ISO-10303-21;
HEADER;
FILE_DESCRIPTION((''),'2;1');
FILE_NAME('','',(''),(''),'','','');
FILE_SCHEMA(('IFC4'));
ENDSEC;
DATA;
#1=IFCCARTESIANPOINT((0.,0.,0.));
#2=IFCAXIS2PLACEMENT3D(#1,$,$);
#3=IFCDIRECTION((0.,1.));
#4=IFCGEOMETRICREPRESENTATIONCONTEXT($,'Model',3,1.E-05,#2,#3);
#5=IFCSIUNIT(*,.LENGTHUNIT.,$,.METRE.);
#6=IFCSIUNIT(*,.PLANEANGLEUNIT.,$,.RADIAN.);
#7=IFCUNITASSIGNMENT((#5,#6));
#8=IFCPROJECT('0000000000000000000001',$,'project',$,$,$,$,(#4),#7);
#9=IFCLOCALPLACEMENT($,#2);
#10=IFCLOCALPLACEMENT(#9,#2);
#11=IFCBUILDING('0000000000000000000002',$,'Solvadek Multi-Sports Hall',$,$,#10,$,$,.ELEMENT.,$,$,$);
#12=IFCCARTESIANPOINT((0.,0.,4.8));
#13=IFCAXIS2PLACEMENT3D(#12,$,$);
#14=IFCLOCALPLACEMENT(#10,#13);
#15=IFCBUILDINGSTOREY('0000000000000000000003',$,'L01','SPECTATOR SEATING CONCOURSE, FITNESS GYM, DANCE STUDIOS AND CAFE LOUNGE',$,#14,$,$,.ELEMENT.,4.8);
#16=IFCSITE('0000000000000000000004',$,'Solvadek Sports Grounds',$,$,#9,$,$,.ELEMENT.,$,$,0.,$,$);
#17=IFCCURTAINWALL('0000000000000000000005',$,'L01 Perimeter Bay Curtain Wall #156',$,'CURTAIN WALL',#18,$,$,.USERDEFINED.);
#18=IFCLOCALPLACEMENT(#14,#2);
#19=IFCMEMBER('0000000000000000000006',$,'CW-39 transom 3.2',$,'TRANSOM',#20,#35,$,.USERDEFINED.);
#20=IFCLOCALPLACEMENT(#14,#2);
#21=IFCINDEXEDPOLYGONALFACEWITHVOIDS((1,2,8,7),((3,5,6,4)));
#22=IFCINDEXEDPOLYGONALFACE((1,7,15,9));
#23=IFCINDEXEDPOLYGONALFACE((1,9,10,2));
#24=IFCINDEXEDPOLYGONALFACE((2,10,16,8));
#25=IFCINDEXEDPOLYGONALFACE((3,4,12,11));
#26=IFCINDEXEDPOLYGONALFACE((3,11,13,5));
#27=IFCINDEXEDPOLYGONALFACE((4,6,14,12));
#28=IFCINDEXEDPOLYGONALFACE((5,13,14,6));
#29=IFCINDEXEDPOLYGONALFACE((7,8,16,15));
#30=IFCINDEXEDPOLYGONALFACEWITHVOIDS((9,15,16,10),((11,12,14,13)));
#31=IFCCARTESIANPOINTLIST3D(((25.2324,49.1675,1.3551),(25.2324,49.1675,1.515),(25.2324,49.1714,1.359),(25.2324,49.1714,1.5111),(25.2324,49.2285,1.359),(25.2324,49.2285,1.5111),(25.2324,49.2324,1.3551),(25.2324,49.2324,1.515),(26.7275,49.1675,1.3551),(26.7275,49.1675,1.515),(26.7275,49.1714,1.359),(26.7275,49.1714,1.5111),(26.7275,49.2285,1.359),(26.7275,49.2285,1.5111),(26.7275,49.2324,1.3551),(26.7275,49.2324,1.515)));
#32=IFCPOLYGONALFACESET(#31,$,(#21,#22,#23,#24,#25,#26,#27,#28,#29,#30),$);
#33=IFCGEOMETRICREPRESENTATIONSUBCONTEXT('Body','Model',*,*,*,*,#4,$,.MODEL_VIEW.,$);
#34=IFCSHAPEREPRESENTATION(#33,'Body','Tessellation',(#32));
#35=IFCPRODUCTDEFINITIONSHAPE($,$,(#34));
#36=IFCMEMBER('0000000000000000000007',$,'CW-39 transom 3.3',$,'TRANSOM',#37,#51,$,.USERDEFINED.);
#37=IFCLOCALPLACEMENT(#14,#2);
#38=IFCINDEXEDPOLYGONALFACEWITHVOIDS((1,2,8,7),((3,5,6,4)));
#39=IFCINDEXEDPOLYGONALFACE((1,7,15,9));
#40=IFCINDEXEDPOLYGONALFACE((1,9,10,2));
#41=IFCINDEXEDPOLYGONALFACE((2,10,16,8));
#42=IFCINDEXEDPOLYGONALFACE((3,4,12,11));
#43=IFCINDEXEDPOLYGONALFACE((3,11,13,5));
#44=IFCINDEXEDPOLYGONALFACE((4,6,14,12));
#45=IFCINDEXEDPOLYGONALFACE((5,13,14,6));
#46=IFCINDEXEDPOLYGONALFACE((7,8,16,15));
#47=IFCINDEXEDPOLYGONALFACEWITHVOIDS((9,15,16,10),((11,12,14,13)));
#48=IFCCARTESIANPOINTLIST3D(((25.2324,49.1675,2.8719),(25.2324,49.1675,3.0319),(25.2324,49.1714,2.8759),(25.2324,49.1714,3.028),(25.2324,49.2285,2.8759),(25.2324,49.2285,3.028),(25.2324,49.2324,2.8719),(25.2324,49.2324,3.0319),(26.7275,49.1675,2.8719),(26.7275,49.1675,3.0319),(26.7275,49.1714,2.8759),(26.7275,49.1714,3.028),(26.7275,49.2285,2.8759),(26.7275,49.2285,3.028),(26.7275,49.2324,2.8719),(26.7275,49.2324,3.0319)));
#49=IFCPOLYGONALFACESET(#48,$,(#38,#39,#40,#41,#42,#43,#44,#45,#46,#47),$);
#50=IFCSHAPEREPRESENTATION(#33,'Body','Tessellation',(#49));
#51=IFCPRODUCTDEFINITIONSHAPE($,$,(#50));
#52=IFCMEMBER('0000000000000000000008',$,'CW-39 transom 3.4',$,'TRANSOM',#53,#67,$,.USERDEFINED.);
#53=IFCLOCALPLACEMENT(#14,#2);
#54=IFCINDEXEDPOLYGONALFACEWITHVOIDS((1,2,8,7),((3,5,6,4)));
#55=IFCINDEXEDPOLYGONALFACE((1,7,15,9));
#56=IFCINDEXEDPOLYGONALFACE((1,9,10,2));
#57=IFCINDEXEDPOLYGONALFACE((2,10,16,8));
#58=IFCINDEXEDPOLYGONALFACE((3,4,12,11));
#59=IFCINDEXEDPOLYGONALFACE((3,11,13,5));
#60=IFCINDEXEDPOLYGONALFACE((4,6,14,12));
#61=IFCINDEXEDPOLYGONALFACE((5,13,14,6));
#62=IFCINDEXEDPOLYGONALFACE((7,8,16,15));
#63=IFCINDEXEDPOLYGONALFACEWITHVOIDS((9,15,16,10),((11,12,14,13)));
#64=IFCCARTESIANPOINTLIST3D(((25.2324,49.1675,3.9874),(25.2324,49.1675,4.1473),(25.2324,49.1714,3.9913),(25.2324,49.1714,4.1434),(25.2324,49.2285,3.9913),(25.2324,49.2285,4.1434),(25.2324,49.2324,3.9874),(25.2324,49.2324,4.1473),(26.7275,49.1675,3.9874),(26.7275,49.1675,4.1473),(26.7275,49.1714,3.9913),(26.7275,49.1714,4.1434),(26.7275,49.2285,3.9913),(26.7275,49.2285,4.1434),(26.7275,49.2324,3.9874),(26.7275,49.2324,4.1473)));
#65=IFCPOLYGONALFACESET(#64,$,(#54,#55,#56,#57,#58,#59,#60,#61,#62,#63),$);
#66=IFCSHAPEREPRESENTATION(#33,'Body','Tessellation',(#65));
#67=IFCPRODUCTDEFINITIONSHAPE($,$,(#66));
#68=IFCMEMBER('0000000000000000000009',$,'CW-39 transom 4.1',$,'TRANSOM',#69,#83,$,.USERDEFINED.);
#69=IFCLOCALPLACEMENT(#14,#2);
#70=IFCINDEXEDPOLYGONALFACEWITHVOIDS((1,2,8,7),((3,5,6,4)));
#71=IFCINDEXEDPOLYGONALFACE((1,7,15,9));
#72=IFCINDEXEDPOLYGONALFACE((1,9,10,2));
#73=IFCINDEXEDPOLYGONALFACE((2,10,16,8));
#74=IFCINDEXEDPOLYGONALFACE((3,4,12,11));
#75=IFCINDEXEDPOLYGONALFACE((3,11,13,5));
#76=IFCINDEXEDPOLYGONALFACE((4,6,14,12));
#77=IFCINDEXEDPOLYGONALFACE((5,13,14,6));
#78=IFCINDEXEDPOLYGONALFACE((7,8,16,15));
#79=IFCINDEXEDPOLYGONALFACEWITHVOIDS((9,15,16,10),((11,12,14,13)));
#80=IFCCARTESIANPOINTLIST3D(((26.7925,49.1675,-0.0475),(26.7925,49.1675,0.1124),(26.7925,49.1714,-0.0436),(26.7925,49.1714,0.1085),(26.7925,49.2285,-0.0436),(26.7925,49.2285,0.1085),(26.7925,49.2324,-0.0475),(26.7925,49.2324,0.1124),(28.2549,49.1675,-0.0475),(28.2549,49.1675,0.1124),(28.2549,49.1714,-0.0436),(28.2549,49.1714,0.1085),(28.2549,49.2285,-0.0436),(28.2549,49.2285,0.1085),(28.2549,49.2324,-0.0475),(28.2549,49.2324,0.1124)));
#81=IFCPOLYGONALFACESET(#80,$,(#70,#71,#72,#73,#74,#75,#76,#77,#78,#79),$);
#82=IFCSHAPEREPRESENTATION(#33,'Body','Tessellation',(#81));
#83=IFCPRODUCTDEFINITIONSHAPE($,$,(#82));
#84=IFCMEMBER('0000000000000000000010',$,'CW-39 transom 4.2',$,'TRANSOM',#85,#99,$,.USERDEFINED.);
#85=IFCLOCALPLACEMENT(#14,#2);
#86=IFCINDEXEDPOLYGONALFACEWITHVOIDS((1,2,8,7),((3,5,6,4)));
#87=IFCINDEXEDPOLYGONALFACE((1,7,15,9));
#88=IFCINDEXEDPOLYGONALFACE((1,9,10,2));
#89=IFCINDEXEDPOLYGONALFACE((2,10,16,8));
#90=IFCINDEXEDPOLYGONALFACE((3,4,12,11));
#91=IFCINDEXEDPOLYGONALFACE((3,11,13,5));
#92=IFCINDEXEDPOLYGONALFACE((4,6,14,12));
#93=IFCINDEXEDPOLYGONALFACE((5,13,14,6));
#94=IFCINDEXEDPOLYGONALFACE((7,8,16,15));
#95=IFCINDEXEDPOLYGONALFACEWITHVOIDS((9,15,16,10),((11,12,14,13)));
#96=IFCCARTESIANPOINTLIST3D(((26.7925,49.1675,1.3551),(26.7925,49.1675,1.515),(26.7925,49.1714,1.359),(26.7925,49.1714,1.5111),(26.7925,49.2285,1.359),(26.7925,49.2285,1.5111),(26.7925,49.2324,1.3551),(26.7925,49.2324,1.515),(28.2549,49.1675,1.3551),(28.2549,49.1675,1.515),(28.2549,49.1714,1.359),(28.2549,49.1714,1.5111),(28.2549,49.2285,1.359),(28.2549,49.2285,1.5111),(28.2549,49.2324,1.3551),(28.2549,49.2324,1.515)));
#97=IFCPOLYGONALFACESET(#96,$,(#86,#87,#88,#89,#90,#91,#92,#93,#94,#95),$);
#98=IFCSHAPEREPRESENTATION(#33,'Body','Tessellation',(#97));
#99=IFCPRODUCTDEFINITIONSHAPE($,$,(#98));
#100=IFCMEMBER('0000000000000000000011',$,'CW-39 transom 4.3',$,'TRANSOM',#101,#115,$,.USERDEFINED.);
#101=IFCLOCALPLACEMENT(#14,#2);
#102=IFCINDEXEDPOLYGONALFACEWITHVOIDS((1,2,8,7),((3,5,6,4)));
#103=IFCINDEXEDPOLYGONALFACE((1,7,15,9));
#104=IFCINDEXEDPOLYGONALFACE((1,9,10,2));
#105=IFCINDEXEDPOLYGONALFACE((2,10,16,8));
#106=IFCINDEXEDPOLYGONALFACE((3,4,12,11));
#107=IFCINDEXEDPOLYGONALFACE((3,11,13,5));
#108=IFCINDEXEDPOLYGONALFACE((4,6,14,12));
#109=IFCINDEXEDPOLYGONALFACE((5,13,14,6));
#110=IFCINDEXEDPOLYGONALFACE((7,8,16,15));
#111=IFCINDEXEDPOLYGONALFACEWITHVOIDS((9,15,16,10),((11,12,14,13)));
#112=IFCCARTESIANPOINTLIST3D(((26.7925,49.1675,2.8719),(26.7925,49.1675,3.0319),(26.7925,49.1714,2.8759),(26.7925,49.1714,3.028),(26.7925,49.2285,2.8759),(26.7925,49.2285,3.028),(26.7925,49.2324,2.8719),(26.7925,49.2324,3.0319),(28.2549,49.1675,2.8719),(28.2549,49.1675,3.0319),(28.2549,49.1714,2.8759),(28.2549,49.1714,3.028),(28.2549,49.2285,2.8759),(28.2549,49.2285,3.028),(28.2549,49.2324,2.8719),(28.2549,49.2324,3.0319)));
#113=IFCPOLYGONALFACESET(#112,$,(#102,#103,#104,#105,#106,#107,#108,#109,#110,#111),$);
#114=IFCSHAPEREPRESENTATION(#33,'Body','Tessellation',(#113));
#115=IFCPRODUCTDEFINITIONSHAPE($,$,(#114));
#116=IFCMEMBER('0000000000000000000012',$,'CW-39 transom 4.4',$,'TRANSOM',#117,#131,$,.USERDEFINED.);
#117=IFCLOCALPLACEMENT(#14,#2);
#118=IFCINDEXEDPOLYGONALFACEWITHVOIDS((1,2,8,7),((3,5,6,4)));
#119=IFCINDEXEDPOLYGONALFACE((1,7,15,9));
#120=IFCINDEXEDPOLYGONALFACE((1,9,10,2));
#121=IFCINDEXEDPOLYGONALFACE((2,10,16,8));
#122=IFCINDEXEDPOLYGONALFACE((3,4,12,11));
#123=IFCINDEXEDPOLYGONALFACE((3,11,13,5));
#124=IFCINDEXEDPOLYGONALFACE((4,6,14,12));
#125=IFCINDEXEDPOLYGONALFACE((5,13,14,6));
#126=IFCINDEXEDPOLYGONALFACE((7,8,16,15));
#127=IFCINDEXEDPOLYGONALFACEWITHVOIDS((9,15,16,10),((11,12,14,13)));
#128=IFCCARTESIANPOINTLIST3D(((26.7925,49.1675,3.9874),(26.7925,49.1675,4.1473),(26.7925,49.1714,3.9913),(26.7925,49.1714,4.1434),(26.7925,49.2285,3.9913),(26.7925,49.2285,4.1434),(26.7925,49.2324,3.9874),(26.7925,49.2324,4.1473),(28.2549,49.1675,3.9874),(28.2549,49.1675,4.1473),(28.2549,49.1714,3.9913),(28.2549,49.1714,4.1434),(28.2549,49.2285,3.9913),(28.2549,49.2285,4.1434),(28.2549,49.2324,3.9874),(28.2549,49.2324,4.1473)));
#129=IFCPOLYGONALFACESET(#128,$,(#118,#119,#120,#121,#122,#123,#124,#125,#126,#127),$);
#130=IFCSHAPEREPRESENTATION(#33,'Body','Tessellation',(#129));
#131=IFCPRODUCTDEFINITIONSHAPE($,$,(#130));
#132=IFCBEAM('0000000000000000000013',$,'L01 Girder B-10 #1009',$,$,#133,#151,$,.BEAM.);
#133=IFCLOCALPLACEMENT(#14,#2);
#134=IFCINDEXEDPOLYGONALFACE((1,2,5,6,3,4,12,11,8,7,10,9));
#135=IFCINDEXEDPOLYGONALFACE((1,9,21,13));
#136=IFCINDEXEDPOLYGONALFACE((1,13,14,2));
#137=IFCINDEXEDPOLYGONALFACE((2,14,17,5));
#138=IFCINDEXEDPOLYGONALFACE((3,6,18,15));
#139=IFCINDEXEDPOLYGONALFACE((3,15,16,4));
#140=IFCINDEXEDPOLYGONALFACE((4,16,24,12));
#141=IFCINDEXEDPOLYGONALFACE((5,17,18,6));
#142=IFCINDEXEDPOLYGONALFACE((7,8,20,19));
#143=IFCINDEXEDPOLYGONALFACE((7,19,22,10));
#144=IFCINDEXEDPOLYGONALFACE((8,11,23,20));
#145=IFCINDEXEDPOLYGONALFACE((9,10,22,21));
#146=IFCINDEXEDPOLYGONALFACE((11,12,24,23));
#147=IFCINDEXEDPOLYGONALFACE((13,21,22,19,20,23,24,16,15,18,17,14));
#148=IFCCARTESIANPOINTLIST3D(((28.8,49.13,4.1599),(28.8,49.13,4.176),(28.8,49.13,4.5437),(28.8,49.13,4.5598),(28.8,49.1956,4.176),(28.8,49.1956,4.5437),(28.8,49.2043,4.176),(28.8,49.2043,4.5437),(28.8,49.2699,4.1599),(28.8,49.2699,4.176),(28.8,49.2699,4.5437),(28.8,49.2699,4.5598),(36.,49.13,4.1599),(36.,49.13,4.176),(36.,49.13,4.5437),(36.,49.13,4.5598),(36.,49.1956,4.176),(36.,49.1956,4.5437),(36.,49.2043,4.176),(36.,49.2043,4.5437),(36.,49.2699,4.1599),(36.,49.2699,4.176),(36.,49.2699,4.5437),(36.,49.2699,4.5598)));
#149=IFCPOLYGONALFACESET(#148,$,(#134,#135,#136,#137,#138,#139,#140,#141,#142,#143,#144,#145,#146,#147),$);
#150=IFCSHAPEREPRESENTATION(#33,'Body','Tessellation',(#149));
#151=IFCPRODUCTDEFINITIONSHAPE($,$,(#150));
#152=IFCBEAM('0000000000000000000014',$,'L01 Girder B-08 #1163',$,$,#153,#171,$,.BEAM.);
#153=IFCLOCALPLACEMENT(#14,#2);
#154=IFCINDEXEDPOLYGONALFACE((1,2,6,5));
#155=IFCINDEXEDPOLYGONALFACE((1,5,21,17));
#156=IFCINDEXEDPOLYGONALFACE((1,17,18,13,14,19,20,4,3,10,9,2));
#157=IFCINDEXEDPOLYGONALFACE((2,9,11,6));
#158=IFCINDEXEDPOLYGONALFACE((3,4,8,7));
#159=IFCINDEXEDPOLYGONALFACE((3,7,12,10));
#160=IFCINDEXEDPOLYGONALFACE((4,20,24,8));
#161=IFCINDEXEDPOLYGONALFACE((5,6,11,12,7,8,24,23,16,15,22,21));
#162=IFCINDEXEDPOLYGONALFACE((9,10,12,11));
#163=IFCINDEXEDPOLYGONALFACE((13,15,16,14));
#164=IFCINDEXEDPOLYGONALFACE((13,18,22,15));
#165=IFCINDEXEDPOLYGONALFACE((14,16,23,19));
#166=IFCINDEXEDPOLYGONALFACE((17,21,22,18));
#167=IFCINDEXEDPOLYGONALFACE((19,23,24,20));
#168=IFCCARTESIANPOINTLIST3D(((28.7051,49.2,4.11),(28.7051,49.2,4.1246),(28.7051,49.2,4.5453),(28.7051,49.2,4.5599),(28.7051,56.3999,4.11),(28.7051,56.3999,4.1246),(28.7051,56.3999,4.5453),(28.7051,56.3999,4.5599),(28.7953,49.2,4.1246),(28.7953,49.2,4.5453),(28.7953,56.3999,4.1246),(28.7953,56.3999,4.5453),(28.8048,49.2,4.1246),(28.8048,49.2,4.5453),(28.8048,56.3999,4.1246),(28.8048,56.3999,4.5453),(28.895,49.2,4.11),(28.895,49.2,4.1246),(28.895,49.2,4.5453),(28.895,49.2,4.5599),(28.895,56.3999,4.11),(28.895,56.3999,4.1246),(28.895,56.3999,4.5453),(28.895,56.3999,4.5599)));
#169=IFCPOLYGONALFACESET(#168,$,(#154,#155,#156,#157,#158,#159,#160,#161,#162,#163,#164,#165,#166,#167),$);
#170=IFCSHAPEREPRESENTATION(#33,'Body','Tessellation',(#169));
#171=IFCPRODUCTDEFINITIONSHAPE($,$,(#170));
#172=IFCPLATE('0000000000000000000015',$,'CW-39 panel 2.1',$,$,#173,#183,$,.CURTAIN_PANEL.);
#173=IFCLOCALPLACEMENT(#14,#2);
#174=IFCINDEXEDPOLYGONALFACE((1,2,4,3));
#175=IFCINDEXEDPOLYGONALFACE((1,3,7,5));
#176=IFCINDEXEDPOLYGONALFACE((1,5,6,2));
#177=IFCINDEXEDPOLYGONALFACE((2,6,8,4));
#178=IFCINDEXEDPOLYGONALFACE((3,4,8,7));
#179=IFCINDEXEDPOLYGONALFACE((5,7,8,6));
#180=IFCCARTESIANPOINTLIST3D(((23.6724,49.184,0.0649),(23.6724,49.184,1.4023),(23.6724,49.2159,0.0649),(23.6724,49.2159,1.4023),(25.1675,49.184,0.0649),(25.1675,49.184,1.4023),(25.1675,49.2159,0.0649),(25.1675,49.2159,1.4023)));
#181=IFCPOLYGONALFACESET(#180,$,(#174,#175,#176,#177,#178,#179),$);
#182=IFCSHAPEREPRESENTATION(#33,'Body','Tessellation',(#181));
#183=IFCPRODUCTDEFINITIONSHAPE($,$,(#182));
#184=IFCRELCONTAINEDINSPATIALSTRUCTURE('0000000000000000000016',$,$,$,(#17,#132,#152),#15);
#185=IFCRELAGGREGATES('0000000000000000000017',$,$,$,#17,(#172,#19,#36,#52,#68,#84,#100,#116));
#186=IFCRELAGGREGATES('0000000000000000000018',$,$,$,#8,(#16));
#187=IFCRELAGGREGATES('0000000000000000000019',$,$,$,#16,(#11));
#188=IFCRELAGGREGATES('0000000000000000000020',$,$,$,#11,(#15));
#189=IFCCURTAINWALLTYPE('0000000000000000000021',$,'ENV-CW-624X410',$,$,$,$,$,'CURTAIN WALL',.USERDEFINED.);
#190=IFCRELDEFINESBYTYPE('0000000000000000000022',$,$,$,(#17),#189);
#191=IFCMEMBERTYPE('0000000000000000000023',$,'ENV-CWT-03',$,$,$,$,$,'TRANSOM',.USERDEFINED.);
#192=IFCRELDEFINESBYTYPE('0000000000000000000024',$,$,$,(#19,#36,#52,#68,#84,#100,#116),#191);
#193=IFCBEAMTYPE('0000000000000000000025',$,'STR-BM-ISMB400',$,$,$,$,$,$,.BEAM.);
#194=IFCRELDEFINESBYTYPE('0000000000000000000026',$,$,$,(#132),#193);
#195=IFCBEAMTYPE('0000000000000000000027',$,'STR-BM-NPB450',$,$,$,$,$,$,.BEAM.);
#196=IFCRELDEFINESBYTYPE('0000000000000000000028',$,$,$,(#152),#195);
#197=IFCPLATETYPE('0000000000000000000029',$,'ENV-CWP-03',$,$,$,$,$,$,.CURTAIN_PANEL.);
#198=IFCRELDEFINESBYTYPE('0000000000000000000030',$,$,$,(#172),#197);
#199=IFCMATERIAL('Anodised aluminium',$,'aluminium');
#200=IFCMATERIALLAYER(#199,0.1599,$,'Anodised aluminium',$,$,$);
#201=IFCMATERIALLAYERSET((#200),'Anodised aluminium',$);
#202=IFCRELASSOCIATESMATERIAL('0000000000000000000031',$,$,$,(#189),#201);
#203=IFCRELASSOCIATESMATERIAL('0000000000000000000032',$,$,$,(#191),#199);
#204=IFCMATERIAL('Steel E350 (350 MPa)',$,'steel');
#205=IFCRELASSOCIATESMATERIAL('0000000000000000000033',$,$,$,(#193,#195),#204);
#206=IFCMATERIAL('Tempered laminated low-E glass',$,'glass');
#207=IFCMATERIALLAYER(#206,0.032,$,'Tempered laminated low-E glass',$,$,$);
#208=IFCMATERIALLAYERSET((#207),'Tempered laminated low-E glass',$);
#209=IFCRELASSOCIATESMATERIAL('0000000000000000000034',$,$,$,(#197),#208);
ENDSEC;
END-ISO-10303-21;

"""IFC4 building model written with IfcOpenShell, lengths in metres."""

from ifc_helpers import new_model, si_unit, direction, frame, origin, origin_2d, place, context, subcontext, project, spatial, rectangle, hollow_rectangle, i_section, extrude, material, layer, layer_set, material_profile, profile_set, type_object, element, aggregate, save


model = new_model("IFC4")

# Units and contexts
model_context = context("Model", 3, precision=1e-05, world=origin(), true_north=direction((0.0, 1.0)))
body_context = subcontext(model_context, "Body", "Model", "MODEL_VIEW")
ifc_project = project(units=[si_unit("LENGTHUNIT", "METRE"), si_unit("PLANEANGLEUNIT", "RADIAN")], contexts=[model_context])

# Site, building, storey
site_placement = place(None, origin())
site = spatial("IfcSite", under=ifc_project, at=site_placement, Name="Solvadek Sports Grounds", CompositionType="ELEMENT", RefElevation=0.0)
building_placement = place(site_placement, origin())
building = spatial("IfcBuilding", under=site, at=building_placement, Name="Solvadek Multi-Sports Hall", CompositionType="ELEMENT")
storey_placement = place(building_placement, frame((0.0, 0.0, 4.8)))
storey = spatial("IfcBuildingStorey", under=building, at=storey_placement, Name="L01", Description="SPECTATOR SEATING CONCOURSE, FITNESS GYM, DANCE STUDIOS AND CAFE LOUNGE", CompositionType="ELEMENT", Elevation=4.8)

# Shared definitions
ifc_material_1 = material(Name="Steel E350 (350 MPa)", Category="steel")

# Curtain wall
ifc_material_2 = material(Name="Anodised aluminium", Category="aluminium")
ifc_layer_1 = layer(ifc_material_2, 0.1599, Name="Anodised aluminium")
ifc_layer_set_1 = layer_set([ifc_layer_1], Name="Anodised aluminium")
curtain_wall_type_1 = type_object("IfcCurtainWallType", Name="ENV-CW-624X410", ElementType="CURTAIN WALL", PredefinedType="USERDEFINED", material=ifc_layer_set_1)
curtain_wall_1_placement = place(storey_placement, origin())
curtain_wall_1 = element("IfcCurtainWall", 1, at=curtain_wall_1_placement, inside=storey, type_object=curtain_wall_type_1, Name="L01 Perimeter Bay Curtain Wall #156", ObjectType="CURTAIN WALL", PredefinedType="USERDEFINED")

# Members
ifc_material_profile_1 = material_profile(ifc_material_2, hollow_rectangle(XDim=0.0649, YDim=0.1599, WallThickness=0.0039, at=origin_2d()), Name="ALU-T 160x65x4")
ifc_profile_set_1 = profile_set([ifc_material_profile_1], Name="Anodised aluminium")
member_type_1 = type_object("IfcMemberType", Name="ENV-CWT-03", ElementType="TRANSOM", PredefinedType="USERDEFINED", material=ifc_profile_set_1)
member_1_placement = place(storey_placement, frame((25.2324, 49.2, 1.4351), z_axis=(1.0, 0.0, 0.0), x_axis=(0.0, 1.0, 0.0)))
member_1 = element("IfcMember", 2, at=member_1_placement, type_object=member_type_1, Name="CW-39 transom 3.2", ObjectType="TRANSOM", PredefinedType="USERDEFINED", context=body_context, shape_type="SweptSolid", body=[
    extrude(hollow_rectangle(XDim=0.0649, YDim=0.1599, WallThickness=0.0039, at=origin_2d()), origin(), (0.0, 0.0, 1.0), 1.4951),
])
member_2_placement = place(storey_placement, frame((25.2324, 49.2, 2.9519), z_axis=(1.0, 0.0, 0.0), x_axis=(0.0, 1.0, 0.0)))
member_2 = element("IfcMember", 3, at=member_2_placement, type_object=member_type_1, Name="CW-39 transom 3.3", ObjectType="TRANSOM", PredefinedType="USERDEFINED", context=body_context, shape_type="SweptSolid", body=[
    extrude(hollow_rectangle(XDim=0.0649, YDim=0.1599, WallThickness=0.0039, at=origin_2d()), origin(), (0.0, 0.0, 1.0), 1.4951),
])
member_3_placement = place(storey_placement, frame((25.2324, 49.2, 4.0674), z_axis=(1.0, 0.0, 0.0), x_axis=(0.0, 1.0, 0.0)))
member_3 = element("IfcMember", 4, at=member_3_placement, type_object=member_type_1, Name="CW-39 transom 3.4", ObjectType="TRANSOM", PredefinedType="USERDEFINED", context=body_context, shape_type="SweptSolid", body=[
    extrude(hollow_rectangle(XDim=0.0649, YDim=0.1599, WallThickness=0.0039, at=origin_2d()), origin(), (0.0, 0.0, 1.0), 1.4951),
])
member_4_placement = place(storey_placement, frame((26.7925, 49.2, 0.0325), z_axis=(1.0, 0.0, 0.0), x_axis=(0.0, 1.0, 0.0)))
member_4 = element("IfcMember", 5, at=member_4_placement, type_object=member_type_1, Name="CW-39 transom 4.1", ObjectType="TRANSOM", PredefinedType="USERDEFINED", context=body_context, shape_type="SweptSolid", body=[
    extrude(hollow_rectangle(XDim=0.0649, YDim=0.1599, WallThickness=0.0039, at=origin_2d()), origin(), (0.0, 0.0, 1.0), 1.4624),
])
member_5_placement = place(storey_placement, frame((26.7925, 49.2, 1.4351), z_axis=(1.0, 0.0, 0.0), x_axis=(0.0, 1.0, 0.0)))
member_5 = element("IfcMember", 6, at=member_5_placement, type_object=member_type_1, Name="CW-39 transom 4.2", ObjectType="TRANSOM", PredefinedType="USERDEFINED", context=body_context, shape_type="SweptSolid", body=[
    extrude(hollow_rectangle(XDim=0.0649, YDim=0.1599, WallThickness=0.0039, at=origin_2d()), origin(), (0.0, 0.0, 1.0), 1.4624),
])
member_6_placement = place(storey_placement, frame((26.7925, 49.2, 2.9519), z_axis=(1.0, 0.0, 0.0), x_axis=(0.0, 1.0, 0.0)))
member_6 = element("IfcMember", 7, at=member_6_placement, type_object=member_type_1, Name="CW-39 transom 4.3", ObjectType="TRANSOM", PredefinedType="USERDEFINED", context=body_context, shape_type="SweptSolid", body=[
    extrude(hollow_rectangle(XDim=0.0649, YDim=0.1599, WallThickness=0.0039, at=origin_2d()), origin(), (0.0, 0.0, 1.0), 1.4624),
])
member_7_placement = place(storey_placement, frame((26.7925, 49.2, 4.0674), z_axis=(1.0, 0.0, 0.0), x_axis=(0.0, 1.0, 0.0)))
member_7 = element("IfcMember", 8, at=member_7_placement, type_object=member_type_1, Name="CW-39 transom 4.4", ObjectType="TRANSOM", PredefinedType="USERDEFINED", context=body_context, shape_type="SweptSolid", body=[
    extrude(hollow_rectangle(XDim=0.0649, YDim=0.1599, WallThickness=0.0039, at=origin_2d()), origin(), (0.0, 0.0, 1.0), 1.4624),
])

# Beams
ifc_material_profile_2 = material_profile(ifc_material_1, i_section(OverallWidth=0.1399, OverallDepth=0.3999, WebThickness=0.0088, FlangeThickness=0.0161, at=origin_2d()), Name="ISMB 400")
ifc_profile_set_2 = profile_set([ifc_material_profile_2], Name="Steel E350 (350 MPa)")
beam_type_1 = type_object("IfcBeamType", Name="STR-BM-ISMB400", PredefinedType="BEAM", material=ifc_profile_set_2)
beam_1_placement = place(storey_placement, frame((28.8, 49.2, 4.3599), z_axis=(1.0, 0.0, 0.0), x_axis=(0.0, 1.0, 0.0)))
element("IfcBeam", 9, at=beam_1_placement, inside=storey, type_object=beam_type_1, Name="L01 Girder B-10 #1009", PredefinedType="BEAM", context=body_context, shape_type="SweptSolid", body=[
    extrude(i_section(OverallWidth=0.1399, OverallDepth=0.3999, WebThickness=0.0088, FlangeThickness=0.0161, at=origin_2d()), origin(), (0.0, 0.0, 1.0), 7.2),
])
ifc_material_profile_3 = material_profile(ifc_material_1, i_section(OverallWidth=0.1899, OverallDepth=0.45, WebThickness=0.0095, FlangeThickness=0.0146, at=origin_2d()), Name="NPB 450")
ifc_profile_set_3 = profile_set([ifc_material_profile_3], Name="Steel E350 (350 MPa)")
beam_type_2 = type_object("IfcBeamType", Name="STR-BM-NPB450", PredefinedType="BEAM", material=ifc_profile_set_3)
beam_2_placement = place(storey_placement, frame((28.8, 49.2, 4.335), z_axis=(0.0, 1.0, 0.0), x_axis=(-1.0, 0.0, 0.0)))
element("IfcBeam", 10, at=beam_2_placement, inside=storey, type_object=beam_type_2, Name="L01 Girder B-08 #1163", PredefinedType="BEAM", context=body_context, shape_type="SweptSolid", body=[
    extrude(i_section(OverallWidth=0.1899, OverallDepth=0.45, WebThickness=0.0095, FlangeThickness=0.0146, at=origin_2d()), origin(), (0.0, 0.0, 1.0), 7.2),
])

# Plate
ifc_material_3 = material(Name="Tempered laminated low-E glass", Category="glass")
ifc_layer_2 = layer(ifc_material_3, 0.032, Name="Tempered laminated low-E glass")
ifc_layer_set_2 = layer_set([ifc_layer_2], Name="Tempered laminated low-E glass")
plate_type = type_object("IfcPlateType", Name="ENV-CWP-03", PredefinedType="CURTAIN_PANEL", material=ifc_layer_set_2)
plate_1_placement = place(storey_placement, frame((24.4199, 49.2, 0.0649), z_axis=(0.0, 0.0, 1.0), x_axis=(1.0, 0.0, 0.0)))
plate_1 = element("IfcPlate", 11, at=plate_1_placement, type_object=plate_type, Name="CW-39 panel 2.1", PredefinedType="CURTAIN_PANEL", context=body_context, shape_type="SweptSolid", body=[
    extrude(rectangle(XDim=1.4951, YDim=0.032, at=origin_2d()), origin(), (0.0, 0.0, 1.0), 1.3374),
])
aggregate(curtain_wall_1, [plate_1, member_1, member_2, member_3, member_4, member_5, member_6, member_7])

save(model, "model.ifc")
